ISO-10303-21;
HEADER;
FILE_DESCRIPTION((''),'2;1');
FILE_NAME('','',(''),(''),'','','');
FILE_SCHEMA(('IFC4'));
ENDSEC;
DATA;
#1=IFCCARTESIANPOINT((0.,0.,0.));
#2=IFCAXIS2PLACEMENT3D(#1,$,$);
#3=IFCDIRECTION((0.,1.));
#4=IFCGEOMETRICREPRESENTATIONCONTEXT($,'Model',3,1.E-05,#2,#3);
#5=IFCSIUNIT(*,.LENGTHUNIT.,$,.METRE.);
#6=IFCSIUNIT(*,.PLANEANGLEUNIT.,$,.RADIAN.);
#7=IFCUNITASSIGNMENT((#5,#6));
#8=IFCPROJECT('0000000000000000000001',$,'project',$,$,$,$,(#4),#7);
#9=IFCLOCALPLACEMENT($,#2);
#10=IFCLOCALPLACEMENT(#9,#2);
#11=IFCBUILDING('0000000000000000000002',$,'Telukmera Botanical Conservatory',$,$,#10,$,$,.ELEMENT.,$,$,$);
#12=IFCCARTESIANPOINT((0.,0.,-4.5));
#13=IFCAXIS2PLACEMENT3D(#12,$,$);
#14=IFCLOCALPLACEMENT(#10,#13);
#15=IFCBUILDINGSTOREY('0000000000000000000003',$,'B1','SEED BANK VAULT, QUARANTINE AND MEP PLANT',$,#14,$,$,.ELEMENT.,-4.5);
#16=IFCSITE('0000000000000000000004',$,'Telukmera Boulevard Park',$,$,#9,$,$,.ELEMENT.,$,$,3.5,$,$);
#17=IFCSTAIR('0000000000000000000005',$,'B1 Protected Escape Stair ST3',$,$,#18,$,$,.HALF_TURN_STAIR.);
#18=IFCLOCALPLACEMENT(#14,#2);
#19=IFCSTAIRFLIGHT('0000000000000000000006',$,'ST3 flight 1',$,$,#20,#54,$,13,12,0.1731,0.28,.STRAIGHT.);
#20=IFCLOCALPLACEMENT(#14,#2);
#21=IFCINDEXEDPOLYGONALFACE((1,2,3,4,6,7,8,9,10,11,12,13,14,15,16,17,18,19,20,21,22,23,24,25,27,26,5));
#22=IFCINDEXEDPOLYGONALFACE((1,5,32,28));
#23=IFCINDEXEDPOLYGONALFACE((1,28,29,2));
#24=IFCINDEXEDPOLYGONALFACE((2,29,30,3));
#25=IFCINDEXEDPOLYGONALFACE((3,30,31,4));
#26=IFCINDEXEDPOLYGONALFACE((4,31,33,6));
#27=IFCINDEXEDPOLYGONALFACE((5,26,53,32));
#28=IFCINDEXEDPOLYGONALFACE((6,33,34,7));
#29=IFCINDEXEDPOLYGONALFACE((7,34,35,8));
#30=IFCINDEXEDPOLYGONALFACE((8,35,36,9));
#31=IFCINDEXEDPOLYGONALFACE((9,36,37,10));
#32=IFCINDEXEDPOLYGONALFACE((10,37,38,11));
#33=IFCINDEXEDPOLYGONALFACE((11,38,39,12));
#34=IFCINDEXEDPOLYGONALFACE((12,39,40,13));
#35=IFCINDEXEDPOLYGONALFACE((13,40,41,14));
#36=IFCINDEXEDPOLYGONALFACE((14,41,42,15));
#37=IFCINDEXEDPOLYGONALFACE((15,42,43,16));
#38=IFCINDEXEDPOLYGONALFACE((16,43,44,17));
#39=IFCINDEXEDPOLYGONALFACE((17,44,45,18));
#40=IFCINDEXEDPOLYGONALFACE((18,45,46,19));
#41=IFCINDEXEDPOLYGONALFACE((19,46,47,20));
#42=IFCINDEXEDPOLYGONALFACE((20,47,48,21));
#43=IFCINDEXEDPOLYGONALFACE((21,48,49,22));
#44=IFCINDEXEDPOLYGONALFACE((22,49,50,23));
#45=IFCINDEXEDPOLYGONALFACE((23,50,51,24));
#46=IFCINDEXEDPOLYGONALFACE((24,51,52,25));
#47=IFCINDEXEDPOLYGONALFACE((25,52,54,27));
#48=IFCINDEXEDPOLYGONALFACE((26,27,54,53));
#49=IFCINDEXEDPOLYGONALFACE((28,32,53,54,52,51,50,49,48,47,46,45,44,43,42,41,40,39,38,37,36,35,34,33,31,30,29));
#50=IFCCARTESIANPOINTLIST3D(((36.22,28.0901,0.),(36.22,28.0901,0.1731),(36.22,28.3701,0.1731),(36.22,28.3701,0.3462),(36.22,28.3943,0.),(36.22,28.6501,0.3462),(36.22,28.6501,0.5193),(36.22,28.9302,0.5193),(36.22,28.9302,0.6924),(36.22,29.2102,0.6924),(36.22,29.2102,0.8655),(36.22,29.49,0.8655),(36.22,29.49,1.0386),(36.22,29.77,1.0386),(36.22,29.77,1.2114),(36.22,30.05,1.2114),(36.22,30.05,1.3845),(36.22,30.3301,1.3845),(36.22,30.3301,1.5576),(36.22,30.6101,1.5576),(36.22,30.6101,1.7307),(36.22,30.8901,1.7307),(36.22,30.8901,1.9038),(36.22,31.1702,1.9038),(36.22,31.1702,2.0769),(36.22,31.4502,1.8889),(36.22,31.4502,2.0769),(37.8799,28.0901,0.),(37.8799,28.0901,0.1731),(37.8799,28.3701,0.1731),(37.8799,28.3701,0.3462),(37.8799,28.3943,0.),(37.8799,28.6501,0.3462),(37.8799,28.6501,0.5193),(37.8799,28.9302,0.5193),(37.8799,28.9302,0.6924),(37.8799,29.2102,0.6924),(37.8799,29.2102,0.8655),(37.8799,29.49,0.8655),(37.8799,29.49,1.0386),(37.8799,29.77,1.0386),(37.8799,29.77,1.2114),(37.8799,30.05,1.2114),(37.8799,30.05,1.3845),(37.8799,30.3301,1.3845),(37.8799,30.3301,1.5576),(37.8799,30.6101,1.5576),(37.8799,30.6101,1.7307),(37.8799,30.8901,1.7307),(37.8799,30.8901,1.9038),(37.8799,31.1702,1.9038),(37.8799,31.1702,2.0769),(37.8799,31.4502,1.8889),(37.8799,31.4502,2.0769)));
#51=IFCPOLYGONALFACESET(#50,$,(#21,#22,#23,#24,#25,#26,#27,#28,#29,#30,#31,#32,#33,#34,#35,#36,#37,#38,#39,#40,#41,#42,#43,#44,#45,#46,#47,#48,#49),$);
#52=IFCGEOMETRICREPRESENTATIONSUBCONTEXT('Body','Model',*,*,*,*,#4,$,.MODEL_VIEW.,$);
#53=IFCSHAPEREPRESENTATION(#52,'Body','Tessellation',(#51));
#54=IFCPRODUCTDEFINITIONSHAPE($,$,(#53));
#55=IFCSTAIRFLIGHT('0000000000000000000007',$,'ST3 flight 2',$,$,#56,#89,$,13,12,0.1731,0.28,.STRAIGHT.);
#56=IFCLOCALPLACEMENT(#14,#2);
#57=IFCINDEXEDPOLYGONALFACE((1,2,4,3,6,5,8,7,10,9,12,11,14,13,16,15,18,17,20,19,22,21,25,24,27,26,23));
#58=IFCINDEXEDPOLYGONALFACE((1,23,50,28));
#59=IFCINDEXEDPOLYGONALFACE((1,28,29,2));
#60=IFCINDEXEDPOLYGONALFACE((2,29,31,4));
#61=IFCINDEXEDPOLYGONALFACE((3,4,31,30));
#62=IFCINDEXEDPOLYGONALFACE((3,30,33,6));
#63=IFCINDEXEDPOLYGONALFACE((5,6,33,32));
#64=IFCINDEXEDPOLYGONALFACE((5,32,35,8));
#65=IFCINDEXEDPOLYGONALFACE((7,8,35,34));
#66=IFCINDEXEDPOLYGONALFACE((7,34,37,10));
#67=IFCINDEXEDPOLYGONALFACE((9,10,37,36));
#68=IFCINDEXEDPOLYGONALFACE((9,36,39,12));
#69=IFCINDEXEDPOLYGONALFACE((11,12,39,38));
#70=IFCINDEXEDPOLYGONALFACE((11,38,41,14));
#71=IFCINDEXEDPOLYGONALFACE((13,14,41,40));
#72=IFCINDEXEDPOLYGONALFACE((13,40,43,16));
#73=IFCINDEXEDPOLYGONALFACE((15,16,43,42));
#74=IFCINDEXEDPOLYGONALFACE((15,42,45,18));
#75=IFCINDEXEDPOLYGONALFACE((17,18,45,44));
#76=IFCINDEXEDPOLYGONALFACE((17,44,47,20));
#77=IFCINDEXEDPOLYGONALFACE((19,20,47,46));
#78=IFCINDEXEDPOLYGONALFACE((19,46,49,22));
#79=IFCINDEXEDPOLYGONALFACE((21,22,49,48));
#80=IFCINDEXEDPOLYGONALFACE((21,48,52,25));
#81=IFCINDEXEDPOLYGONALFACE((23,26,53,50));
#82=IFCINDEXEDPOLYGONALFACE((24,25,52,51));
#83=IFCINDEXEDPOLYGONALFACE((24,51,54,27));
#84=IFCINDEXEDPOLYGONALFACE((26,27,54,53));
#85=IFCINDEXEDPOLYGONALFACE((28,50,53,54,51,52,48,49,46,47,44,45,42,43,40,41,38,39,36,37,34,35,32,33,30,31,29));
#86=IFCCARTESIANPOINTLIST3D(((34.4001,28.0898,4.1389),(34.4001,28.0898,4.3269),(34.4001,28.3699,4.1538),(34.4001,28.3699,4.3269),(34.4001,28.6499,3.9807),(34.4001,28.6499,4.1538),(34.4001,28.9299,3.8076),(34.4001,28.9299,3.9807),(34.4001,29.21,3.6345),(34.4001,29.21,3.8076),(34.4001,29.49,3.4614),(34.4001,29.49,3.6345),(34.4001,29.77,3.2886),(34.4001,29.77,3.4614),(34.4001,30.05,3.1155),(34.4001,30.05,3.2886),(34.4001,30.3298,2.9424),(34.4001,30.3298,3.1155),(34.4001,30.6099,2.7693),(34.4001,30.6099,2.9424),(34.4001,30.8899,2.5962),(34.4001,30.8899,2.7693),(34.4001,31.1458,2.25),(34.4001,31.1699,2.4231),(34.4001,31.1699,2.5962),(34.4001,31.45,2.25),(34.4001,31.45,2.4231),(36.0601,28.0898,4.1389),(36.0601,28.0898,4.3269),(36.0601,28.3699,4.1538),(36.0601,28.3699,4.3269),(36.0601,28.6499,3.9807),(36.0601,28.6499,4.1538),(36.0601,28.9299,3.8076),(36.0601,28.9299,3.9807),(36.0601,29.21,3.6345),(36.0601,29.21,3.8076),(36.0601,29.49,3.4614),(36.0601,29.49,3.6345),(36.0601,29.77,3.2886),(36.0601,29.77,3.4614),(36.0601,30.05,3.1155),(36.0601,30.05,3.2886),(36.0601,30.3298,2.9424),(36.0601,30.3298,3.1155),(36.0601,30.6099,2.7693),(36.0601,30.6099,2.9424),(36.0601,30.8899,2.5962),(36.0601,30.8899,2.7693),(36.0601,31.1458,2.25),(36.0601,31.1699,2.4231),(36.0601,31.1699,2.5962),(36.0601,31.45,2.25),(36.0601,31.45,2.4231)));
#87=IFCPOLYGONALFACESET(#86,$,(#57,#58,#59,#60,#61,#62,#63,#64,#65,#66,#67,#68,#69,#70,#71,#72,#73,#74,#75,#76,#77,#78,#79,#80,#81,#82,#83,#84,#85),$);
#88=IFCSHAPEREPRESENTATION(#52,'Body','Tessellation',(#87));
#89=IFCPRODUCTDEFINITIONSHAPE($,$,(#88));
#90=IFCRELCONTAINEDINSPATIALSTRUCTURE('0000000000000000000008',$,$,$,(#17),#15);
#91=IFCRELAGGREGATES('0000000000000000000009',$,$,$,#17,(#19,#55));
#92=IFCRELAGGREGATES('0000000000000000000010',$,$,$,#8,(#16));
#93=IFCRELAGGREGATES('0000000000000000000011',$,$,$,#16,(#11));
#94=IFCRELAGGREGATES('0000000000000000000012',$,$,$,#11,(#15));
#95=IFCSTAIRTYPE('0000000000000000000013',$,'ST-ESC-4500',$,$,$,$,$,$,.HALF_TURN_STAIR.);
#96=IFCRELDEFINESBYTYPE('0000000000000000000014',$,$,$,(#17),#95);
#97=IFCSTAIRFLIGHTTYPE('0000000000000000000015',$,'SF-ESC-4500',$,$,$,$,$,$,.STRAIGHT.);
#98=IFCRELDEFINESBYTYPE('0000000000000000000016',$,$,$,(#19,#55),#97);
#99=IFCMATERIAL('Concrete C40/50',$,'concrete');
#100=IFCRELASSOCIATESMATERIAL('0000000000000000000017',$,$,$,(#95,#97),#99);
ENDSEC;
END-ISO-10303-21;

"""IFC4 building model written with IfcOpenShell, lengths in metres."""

from ifc_helpers import new_model, si_unit, direction, frame, origin, place, context, subcontext, project, spatial, polyline, outline, extrude, material, type_object, element, aggregate, save


model = new_model("IFC4")

# Units and contexts
model_context = context("Model", 3, precision=1e-05, world=origin(), true_north=direction((0.0, 1.0)))
body_context = subcontext(model_context, "Body", "Model", "MODEL_VIEW")
ifc_project = project(units=[si_unit("LENGTHUNIT", "METRE"), si_unit("PLANEANGLEUNIT", "RADIAN")], contexts=[model_context])

# Site, building, storey
site_placement = place(None, origin())
site = spatial("IfcSite", under=ifc_project, at=site_placement, Name="Telukmera Boulevard Park", CompositionType="ELEMENT", RefElevation=3.5)
building_placement = place(site_placement, origin())
building = spatial("IfcBuilding", under=site, at=building_placement, Name="Telukmera Botanical Conservatory", CompositionType="ELEMENT")
storey_placement = place(building_placement, frame((0.0, 0.0, -4.5)))
storey = spatial("IfcBuildingStorey", under=building, at=storey_placement, Name="B1", Description="SEED BANK VAULT, QUARANTINE AND MEP PLANT", CompositionType="ELEMENT", Elevation=-4.5)

# Shared definitions
ifc_material_1 = material(Name="Concrete C40/50", Category="concrete")

# Stair, stair flights
stair_type = type_object("IfcStairType", Name="ST-ESC-4500", PredefinedType="HALF_TURN_STAIR", material=ifc_material_1)
stair_placement = place(storey_placement, origin())
stair = element("IfcStair", 1, at=stair_placement, inside=storey, type_object=stair_type, Name="B1 Protected Escape Stair ST3", PredefinedType="HALF_TURN_STAIR")
stair_flight_type = type_object("IfcStairFlightType", Name="SF-ESC-4500", PredefinedType="STRAIGHT", material=ifc_material_1)
stair_flight_1_placement = place(storey_placement, frame((37.05, 28.0901, 0.0), z_axis=(0.0, 0.0, 1.0), x_axis=(0.0, 1.0, 0.0)))
stair_flight_1 = element("IfcStairFlight", 2, at=stair_flight_1_placement, type_object=stair_flight_type, Name="ST3 flight 1", NumberOfRisers=13, NumberOfTreads=12, PredefinedType="STRAIGHT", RiserHeight=0.1731, TreadLength=0.28, context=body_context, shape_type="SweptSolid", body=[
    extrude(outline(polyline([(0.0, 0.0), (0.0, 0.1731), (0.28, 0.1731), (0.28, 0.3462), (0.5601, 0.3462), (0.5601, 0.5193), (0.8401, 0.5193), (0.8401, 0.6924), (1.1201, 0.6924), (1.1201, 0.8655), (1.3999, 0.8655), (1.3999, 1.0386), (1.6799, 1.0386), (1.6799, 1.2114), (1.96, 1.2114), (1.96, 1.3845), (2.24, 1.3845), (2.24, 1.5576), (2.52, 1.5576), (2.52, 1.7307), (2.8, 1.7307), (2.8, 1.9038), (3.0801, 1.9038), (3.0801, 2.0769), (3.3601, 2.0769), (3.3601, 2.25), (3.3601, 1.8889), (0.3042, 0.0), (0.0, 0.0)])), frame((0.0, 0.8301, 0.0), z_axis=(0.0, -1.0, 0.0), x_axis=(1.0, 0.0, 0.0)), (0.0, 0.0, 1.0), 1.6599),
])
stair_flight_2_placement = place(storey_placement, frame((35.23, 31.45, 2.25), z_axis=(0.0, 0.0, 1.0), x_axis=(0.0, -1.0, 0.0)))
stair_flight_2 = element("IfcStairFlight", 3, at=stair_flight_2_placement, type_object=stair_flight_type, Name="ST3 flight 2", NumberOfRisers=13, NumberOfTreads=12, PredefinedType="STRAIGHT", RiserHeight=0.1731, TreadLength=0.28, context=body_context, shape_type="SweptSolid", body=[
    extrude(outline(polyline([(0.0, 0.0), (0.0, 0.1731), (0.28, 0.1731), (0.28, 0.3462), (0.5601, 0.3462), (0.5601, 0.5193), (0.8401, 0.5193), (0.8401, 0.6924), (1.1201, 0.6924), (1.1201, 0.8655), (1.3999, 0.8655), (1.3999, 1.0386), (1.6799, 1.0386), (1.6799, 1.2114), (1.96, 1.2114), (1.96, 1.3845), (2.24, 1.3845), (2.24, 1.5576), (2.52, 1.5576), (2.52, 1.7307), (2.8, 1.7307), (2.8, 1.9038), (3.0801, 1.9038), (3.0801, 2.0769), (3.3601, 2.0769), (3.3601, 2.25), (3.3601, 1.8889), (0.3042, 0.0), (0.0, 0.0)])), frame((0.0, 0.8301, 0.0), z_axis=(0.0, -1.0, 0.0), x_axis=(1.0, 0.0, 0.0)), (0.0, 0.0, 1.0), 1.6599),
])
aggregate(stair, [stair_flight_1, stair_flight_2])

save(model, "model.ifc")
